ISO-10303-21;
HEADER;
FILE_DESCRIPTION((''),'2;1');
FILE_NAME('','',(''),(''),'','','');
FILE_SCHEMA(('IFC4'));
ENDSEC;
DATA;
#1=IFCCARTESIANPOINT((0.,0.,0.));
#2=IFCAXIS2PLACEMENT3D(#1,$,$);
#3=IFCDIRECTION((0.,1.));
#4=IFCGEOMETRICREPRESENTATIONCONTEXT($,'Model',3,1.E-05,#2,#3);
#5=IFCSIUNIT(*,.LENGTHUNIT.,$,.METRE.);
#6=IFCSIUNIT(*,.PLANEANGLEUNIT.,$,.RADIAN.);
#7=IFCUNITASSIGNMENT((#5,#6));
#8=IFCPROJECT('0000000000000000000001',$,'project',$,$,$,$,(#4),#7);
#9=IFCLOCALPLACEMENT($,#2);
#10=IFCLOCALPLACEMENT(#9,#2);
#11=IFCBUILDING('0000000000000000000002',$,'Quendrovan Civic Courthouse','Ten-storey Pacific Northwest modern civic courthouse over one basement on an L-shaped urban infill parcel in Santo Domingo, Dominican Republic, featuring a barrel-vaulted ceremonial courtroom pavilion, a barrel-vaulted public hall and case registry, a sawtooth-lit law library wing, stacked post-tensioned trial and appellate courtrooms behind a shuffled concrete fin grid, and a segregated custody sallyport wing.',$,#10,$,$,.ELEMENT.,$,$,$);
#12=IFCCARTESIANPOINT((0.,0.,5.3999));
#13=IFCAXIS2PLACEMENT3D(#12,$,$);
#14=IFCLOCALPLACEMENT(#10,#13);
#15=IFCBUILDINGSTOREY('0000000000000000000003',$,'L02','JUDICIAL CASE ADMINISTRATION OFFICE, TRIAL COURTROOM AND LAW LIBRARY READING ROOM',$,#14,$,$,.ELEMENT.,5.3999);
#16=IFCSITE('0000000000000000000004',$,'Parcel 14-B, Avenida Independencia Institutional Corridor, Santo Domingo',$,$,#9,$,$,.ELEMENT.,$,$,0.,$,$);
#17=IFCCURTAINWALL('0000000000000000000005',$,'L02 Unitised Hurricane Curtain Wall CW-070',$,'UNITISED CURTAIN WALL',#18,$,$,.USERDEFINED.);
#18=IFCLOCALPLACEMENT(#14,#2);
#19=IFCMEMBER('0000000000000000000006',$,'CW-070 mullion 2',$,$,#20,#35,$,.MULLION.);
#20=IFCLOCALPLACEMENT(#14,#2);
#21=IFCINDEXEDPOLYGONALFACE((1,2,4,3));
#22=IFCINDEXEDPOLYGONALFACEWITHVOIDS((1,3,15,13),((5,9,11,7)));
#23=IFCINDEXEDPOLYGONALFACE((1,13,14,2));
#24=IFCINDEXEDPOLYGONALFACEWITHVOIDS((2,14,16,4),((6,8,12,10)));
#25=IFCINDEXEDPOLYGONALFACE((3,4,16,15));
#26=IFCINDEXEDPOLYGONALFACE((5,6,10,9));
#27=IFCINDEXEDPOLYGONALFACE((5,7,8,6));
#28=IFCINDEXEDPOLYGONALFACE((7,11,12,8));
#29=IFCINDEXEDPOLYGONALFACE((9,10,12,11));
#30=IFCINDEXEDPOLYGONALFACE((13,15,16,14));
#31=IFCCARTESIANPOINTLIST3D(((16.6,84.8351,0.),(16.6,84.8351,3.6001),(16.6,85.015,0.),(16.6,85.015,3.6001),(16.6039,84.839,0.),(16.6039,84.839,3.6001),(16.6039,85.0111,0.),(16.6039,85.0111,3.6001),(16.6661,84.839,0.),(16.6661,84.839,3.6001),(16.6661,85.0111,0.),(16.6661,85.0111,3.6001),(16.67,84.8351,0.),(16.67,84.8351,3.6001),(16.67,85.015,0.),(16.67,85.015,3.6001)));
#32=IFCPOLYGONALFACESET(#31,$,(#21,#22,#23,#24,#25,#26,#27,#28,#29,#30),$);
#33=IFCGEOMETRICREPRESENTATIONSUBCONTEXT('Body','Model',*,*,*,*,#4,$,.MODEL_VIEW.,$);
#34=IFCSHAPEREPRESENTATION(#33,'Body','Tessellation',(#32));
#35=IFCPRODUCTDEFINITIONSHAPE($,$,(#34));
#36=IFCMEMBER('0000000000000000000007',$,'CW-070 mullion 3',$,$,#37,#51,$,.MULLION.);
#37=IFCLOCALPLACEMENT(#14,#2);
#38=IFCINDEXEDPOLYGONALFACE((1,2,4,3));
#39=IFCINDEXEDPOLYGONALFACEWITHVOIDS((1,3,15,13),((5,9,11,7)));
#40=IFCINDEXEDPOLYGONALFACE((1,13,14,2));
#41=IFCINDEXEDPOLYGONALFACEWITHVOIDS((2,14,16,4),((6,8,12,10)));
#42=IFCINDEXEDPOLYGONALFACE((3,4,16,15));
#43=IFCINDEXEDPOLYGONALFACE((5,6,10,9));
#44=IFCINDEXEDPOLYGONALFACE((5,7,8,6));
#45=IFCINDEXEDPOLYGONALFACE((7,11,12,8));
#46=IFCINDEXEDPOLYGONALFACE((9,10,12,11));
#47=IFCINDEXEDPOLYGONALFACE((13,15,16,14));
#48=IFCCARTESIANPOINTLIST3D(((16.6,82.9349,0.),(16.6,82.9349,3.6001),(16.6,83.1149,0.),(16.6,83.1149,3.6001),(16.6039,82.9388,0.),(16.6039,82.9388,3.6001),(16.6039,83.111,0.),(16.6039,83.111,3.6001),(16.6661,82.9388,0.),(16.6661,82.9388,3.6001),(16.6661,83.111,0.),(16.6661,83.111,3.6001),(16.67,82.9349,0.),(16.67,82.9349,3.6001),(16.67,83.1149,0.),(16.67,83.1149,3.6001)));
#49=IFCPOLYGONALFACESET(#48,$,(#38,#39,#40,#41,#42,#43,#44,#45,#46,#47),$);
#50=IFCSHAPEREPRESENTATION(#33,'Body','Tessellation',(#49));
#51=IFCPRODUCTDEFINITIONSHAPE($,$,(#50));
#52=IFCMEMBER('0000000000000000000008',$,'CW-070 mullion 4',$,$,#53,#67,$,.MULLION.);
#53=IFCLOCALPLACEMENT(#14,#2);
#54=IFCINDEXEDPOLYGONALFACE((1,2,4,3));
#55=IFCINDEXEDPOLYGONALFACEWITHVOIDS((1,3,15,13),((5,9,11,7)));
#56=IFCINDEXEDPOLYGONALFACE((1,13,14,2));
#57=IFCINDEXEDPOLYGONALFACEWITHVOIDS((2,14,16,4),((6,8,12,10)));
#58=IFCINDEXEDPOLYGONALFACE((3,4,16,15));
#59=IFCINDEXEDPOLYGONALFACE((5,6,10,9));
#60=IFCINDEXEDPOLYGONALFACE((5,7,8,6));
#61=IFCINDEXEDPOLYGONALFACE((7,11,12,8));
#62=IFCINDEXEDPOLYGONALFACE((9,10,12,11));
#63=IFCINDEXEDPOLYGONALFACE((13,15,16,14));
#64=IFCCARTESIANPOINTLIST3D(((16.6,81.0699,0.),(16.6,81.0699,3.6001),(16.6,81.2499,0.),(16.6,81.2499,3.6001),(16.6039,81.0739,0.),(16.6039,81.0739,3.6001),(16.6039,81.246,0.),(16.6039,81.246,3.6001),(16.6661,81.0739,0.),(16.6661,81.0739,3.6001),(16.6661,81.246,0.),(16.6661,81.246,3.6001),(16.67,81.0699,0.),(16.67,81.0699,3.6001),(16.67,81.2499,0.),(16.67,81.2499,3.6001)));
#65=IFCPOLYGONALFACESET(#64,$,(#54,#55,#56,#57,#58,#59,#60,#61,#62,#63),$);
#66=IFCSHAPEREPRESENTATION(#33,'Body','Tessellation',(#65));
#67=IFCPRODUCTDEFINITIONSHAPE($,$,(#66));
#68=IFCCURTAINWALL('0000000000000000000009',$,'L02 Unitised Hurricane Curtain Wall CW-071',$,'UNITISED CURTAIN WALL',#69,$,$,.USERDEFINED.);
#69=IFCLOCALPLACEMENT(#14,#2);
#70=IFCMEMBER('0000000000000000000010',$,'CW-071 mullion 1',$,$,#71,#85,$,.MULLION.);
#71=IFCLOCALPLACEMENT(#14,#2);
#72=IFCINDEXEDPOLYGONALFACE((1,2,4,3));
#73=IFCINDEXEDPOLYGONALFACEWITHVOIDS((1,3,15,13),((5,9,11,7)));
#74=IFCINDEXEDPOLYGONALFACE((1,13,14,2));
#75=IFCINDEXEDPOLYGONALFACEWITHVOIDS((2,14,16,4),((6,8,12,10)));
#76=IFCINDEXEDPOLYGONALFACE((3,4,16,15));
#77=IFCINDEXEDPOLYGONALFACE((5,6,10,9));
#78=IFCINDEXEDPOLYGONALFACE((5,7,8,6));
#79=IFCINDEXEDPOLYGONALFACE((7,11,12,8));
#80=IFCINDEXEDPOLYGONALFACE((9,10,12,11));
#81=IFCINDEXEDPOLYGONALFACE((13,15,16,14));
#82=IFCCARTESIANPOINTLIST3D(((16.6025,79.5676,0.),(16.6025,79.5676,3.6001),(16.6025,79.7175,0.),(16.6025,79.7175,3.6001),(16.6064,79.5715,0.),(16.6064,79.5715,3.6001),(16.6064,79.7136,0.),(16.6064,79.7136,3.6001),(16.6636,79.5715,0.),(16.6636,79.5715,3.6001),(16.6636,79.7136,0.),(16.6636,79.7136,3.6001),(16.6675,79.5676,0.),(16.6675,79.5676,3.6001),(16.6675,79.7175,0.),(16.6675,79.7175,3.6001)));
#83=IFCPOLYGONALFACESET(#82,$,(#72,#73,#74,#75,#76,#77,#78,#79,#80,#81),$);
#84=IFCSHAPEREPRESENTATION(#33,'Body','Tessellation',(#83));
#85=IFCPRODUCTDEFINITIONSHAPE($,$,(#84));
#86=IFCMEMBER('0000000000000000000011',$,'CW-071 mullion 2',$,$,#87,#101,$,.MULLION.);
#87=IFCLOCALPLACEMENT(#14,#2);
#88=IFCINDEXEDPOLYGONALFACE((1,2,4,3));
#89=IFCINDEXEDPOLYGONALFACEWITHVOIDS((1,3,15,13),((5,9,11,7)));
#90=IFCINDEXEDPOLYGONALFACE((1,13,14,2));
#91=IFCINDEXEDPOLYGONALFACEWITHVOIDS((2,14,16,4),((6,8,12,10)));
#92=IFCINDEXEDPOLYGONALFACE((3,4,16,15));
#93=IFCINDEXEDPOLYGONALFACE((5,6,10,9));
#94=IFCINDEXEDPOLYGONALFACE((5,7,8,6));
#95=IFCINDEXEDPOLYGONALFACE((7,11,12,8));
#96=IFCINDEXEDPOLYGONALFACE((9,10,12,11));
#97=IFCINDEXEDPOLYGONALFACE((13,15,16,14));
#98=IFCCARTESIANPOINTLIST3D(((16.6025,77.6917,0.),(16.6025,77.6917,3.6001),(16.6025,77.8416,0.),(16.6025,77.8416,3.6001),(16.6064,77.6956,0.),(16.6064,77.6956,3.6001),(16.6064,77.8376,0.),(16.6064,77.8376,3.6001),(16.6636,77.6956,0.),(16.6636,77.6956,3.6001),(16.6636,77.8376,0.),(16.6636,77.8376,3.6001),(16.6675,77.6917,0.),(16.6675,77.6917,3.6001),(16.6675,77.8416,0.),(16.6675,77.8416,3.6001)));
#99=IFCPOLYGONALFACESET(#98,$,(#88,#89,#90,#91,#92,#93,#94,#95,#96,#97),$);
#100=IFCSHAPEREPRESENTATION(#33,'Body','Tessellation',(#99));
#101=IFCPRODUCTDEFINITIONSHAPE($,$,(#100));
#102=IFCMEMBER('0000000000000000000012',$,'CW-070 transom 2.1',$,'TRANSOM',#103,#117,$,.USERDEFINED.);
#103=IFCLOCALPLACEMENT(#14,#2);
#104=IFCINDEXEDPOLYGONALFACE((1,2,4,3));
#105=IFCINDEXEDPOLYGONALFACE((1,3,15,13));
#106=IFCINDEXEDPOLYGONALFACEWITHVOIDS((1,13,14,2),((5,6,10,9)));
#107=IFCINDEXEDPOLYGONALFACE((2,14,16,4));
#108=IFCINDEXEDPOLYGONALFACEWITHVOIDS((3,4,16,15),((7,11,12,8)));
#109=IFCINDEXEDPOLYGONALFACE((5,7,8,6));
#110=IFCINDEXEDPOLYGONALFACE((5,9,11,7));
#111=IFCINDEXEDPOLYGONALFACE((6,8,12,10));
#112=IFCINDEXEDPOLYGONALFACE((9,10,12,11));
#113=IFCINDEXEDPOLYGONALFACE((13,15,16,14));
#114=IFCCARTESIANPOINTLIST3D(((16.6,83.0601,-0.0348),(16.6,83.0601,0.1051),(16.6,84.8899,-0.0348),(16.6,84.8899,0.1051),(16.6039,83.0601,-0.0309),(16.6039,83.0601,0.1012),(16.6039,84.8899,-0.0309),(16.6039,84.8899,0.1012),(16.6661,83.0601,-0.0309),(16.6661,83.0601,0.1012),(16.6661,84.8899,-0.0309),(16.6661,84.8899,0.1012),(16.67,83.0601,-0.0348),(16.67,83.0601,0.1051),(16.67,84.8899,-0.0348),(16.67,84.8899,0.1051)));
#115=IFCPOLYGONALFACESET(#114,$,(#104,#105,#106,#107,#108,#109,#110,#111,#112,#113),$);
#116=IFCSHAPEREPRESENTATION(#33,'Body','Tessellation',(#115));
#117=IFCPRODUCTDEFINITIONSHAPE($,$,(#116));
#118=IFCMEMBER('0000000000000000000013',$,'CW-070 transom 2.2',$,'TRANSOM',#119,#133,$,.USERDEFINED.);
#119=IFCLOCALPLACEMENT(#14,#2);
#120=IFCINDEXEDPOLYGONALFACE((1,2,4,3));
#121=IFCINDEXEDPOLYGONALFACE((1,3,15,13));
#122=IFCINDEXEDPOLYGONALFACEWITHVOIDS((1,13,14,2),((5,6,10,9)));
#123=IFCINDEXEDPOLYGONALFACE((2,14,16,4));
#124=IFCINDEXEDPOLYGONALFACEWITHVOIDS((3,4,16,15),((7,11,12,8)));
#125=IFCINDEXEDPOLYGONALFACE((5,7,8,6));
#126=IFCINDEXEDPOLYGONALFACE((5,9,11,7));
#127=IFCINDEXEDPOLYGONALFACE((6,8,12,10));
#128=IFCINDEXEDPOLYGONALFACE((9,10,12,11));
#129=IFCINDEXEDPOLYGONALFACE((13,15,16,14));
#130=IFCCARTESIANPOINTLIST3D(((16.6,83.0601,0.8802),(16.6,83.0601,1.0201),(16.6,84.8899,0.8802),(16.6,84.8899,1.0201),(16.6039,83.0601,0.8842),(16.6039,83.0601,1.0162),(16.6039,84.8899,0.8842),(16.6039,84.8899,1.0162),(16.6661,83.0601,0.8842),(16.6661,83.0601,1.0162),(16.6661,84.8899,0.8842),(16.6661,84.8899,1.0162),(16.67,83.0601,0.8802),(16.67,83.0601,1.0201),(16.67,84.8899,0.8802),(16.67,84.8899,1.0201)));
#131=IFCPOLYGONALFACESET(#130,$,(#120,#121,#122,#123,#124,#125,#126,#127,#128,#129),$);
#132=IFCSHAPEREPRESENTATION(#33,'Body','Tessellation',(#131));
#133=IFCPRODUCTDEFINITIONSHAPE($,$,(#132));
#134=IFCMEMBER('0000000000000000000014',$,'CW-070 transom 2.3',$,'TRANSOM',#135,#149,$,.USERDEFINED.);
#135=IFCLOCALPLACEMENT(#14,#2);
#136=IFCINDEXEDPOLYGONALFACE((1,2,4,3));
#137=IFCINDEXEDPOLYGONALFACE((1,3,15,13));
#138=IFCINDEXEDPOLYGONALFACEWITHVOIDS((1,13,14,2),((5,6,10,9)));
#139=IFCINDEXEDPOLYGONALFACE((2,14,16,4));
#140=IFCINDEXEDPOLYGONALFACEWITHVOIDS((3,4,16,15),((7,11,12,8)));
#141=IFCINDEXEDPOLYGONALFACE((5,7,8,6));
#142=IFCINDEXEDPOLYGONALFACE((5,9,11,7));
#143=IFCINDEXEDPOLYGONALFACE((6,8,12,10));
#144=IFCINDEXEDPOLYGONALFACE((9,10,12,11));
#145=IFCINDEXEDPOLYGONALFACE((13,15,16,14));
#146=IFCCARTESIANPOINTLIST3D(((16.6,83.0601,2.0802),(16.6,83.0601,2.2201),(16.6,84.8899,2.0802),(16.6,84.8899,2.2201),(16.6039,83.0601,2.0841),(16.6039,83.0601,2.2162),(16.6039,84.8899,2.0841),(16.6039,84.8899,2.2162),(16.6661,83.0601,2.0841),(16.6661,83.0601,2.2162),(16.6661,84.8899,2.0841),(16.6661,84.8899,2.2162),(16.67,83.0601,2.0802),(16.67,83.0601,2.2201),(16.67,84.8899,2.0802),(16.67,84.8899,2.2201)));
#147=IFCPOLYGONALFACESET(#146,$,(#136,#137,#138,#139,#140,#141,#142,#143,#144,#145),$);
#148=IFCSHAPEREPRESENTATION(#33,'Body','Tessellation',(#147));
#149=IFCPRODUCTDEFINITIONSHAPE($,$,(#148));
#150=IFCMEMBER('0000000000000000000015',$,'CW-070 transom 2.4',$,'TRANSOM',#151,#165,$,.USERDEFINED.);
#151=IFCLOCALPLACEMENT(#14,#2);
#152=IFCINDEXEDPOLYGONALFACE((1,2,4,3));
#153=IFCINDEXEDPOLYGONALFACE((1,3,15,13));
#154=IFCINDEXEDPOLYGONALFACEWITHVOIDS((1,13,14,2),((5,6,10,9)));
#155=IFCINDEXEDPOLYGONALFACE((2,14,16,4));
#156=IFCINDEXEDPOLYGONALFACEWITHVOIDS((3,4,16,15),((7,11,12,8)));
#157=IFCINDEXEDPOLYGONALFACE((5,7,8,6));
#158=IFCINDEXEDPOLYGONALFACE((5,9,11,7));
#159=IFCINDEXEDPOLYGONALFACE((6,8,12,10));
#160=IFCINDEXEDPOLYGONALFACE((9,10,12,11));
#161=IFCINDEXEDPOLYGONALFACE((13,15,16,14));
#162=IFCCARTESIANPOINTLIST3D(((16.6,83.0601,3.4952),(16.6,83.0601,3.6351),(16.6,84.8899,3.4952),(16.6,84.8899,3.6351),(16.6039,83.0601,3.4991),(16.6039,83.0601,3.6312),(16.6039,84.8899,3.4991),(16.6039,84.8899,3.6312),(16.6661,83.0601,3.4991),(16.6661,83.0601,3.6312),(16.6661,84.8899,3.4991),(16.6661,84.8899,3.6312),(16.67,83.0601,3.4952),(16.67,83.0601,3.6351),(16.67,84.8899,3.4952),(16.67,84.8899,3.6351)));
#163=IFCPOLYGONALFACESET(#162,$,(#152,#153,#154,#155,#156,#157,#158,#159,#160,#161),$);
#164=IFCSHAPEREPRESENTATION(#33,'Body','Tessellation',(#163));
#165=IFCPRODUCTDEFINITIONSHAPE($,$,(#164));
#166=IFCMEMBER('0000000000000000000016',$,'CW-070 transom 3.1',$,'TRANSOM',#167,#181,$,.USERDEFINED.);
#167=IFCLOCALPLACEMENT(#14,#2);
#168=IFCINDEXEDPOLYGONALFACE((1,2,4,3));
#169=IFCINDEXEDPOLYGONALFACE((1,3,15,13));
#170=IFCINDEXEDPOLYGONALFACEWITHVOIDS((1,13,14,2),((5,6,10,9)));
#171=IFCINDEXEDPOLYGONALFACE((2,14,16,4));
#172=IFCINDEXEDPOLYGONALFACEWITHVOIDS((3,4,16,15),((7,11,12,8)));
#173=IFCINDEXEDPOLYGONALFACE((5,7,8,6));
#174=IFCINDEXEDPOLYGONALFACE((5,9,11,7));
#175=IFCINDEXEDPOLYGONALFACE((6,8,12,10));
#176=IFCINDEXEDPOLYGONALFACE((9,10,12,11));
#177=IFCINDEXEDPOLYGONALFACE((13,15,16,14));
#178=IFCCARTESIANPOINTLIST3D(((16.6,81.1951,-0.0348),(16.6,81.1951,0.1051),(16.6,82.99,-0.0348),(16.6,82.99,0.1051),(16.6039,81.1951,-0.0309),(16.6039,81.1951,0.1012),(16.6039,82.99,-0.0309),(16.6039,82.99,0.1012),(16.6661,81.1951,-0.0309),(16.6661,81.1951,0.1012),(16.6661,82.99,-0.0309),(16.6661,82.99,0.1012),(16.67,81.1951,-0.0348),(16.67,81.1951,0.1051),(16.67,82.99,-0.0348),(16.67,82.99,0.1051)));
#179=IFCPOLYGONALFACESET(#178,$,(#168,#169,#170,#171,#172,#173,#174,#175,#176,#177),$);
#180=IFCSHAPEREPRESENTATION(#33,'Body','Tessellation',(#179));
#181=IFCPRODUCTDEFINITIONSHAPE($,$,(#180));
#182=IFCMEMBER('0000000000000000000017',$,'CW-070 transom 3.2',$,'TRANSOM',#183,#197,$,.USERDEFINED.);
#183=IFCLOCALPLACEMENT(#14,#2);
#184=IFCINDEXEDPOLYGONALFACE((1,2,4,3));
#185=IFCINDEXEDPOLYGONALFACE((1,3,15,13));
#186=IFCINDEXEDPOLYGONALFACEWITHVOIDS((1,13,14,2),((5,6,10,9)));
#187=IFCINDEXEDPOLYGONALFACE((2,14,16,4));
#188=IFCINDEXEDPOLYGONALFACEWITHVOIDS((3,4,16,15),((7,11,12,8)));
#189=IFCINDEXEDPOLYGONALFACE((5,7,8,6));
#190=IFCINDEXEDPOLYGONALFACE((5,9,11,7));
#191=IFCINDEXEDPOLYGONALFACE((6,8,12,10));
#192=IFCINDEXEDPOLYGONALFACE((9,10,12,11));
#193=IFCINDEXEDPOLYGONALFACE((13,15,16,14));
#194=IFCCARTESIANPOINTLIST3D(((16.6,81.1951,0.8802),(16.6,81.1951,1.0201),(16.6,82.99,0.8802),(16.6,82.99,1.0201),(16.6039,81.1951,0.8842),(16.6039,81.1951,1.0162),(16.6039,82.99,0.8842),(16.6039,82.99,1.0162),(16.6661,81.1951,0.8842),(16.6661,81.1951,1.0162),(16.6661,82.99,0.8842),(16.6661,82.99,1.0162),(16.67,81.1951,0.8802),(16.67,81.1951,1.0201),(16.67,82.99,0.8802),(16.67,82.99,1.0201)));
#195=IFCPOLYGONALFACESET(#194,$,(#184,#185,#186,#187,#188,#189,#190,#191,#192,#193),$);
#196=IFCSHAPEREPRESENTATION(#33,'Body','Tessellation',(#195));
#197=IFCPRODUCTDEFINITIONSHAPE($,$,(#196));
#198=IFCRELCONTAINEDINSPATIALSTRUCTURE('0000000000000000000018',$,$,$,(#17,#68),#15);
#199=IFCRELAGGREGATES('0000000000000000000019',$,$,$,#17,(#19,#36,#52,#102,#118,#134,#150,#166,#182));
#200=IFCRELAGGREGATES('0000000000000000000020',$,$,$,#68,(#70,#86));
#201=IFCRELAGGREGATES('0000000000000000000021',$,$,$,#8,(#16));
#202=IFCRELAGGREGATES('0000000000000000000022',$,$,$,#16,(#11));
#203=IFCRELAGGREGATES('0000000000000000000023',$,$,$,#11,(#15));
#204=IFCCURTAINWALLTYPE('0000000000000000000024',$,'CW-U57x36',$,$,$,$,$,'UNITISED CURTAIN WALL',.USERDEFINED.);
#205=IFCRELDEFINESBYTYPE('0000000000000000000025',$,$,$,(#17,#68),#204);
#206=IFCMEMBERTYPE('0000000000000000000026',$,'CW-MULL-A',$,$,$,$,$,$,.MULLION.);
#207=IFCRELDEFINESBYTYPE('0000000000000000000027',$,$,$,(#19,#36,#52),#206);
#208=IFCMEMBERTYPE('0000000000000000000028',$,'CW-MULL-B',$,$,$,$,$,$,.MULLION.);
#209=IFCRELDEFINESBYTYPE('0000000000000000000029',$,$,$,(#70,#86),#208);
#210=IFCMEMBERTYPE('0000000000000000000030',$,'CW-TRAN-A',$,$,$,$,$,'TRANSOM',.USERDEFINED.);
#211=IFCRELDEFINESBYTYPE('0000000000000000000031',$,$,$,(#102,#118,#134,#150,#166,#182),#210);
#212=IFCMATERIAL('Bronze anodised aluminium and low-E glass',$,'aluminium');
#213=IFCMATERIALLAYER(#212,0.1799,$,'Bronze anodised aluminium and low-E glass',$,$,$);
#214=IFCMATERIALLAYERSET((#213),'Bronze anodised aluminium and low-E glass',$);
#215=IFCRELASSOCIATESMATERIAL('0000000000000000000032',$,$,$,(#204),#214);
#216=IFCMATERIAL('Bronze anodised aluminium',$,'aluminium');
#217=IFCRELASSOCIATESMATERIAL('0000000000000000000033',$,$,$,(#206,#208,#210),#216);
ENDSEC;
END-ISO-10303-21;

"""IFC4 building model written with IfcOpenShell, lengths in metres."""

from ifc_helpers import new_model, si_unit, direction, frame, origin, origin_2d, place, context, subcontext, project, spatial, hollow_rectangle, extrude, material, layer, layer_set, material_profile, profile_set, type_object, element, aggregate, save


model = new_model("IFC4")

# Units and contexts
model_context = context("Model", 3, precision=1e-05, world=origin(), true_north=direction((0.0, 1.0)))
body_context = subcontext(model_context, "Body", "Model", "MODEL_VIEW")
ifc_project = project(units=[si_unit("LENGTHUNIT", "METRE"), si_unit("PLANEANGLEUNIT", "RADIAN")], contexts=[model_context])

# Site, building, storey
site_placement = place(None, origin())
site = spatial("IfcSite", under=ifc_project, at=site_placement, Name="Parcel 14-B, Avenida Independencia Institutional Corridor, Santo Domingo", CompositionType="ELEMENT", RefElevation=0.0)
building_placement = place(site_placement, origin())
building = spatial("IfcBuilding", under=site, at=building_placement, Name="Quendrovan Civic Courthouse", Description="Ten-storey Pacific Northwest modern civic courthouse over one basement on an L-shaped urban infill parcel in Santo Domingo, Dominican Republic, featuring a barrel-vaulted ceremonial courtroom pavilion, a barrel-vaulted public hall and case registry, a sawtooth-lit law library wing, stacked post-tensioned trial and appellate courtrooms behind a shuffled concrete fin grid, and a segregated custody sallyport wing.", CompositionType="ELEMENT")
storey_placement = place(building_placement, frame((0.0, 0.0, 5.3999)))
storey = spatial("IfcBuildingStorey", under=building, at=storey_placement, Name="L02", Description="JUDICIAL CASE ADMINISTRATION OFFICE, TRIAL COURTROOM AND LAW LIBRARY READING ROOM", CompositionType="ELEMENT", Elevation=5.3999)

# Curtain walls, members
ifc_material_1 = material(Name="Bronze anodised aluminium and low-E glass", Category="aluminium")
ifc_layer_1 = layer(ifc_material_1, 0.1799, Name="Bronze anodised aluminium and low-E glass")
ifc_layer_set_1 = layer_set([ifc_layer_1], Name="Bronze anodised aluminium and low-E glass")
curtain_wall_type = type_object("IfcCurtainWallType", Name="CW-U57x36", ElementType="UNITISED CURTAIN WALL", PredefinedType="USERDEFINED", material=ifc_layer_set_1)
curtain_wall_1_placement = place(storey_placement, origin())
curtain_wall_1 = element("IfcCurtainWall", 1, at=curtain_wall_1_placement, inside=storey, type_object=curtain_wall_type, Name="L02 Unitised Hurricane Curtain Wall CW-070", ObjectType="UNITISED CURTAIN WALL", PredefinedType="USERDEFINED")
ifc_material_2 = material(Name="Bronze anodised aluminium", Category="aluminium")
ifc_material_profile_1 = material_profile(ifc_material_2, hollow_rectangle(XDim=0.0701, YDim=0.1799, WallThickness=0.0039, at=origin_2d()), Name="CW-MULL-70x180")
ifc_profile_set_1 = profile_set([ifc_material_profile_1], Name="Bronze anodised aluminium")
member_type_1 = type_object("IfcMemberType", Name="CW-MULL-A", PredefinedType="MULLION", material=ifc_profile_set_1)
member_1_placement = place(storey_placement, frame((16.635, 84.925, 0.0), z_axis=(0.0, 0.0, 1.0), x_axis=(1.0, 0.0, 0.0)))
member_1 = element("IfcMember", 2, at=member_1_placement, type_object=member_type_1, Name="CW-070 mullion 2", PredefinedType="MULLION", context=body_context, shape_type="SweptSolid", body=[
    extrude(hollow_rectangle(XDim=0.0701, YDim=0.1799, WallThickness=0.0039, at=origin_2d()), origin(), (0.0, 0.0, 1.0), 3.6001),
])
member_2_placement = place(storey_placement, frame((16.635, 83.0249, 0.0), z_axis=(0.0, 0.0, 1.0), x_axis=(1.0, 0.0, 0.0)))
member_2 = element("IfcMember", 3, at=member_2_placement, type_object=member_type_1, Name="CW-070 mullion 3", PredefinedType="MULLION", context=body_context, shape_type="SweptSolid", body=[
    extrude(hollow_rectangle(XDim=0.0701, YDim=0.1799, WallThickness=0.0039, at=origin_2d()), origin(), (0.0, 0.0, 1.0), 3.6001),
])
member_3_placement = place(storey_placement, frame((16.635, 81.1599, 0.0), z_axis=(0.0, 0.0, 1.0), x_axis=(1.0, 0.0, 0.0)))
member_3 = element("IfcMember", 4, at=member_3_placement, type_object=member_type_1, Name="CW-070 mullion 4", PredefinedType="MULLION", context=body_context, shape_type="SweptSolid", body=[
    extrude(hollow_rectangle(XDim=0.0701, YDim=0.1799, WallThickness=0.0039, at=origin_2d()), origin(), (0.0, 0.0, 1.0), 3.6001),
])
curtain_wall_2_placement = place(storey_placement, origin())
curtain_wall_2 = element("IfcCurtainWall", 5, at=curtain_wall_2_placement, inside=storey, type_object=curtain_wall_type, Name="L02 Unitised Hurricane Curtain Wall CW-071", ObjectType="UNITISED CURTAIN WALL", PredefinedType="USERDEFINED")
ifc_material_profile_2 = material_profile(ifc_material_2, hollow_rectangle(XDim=0.0649, YDim=0.1499, WallThickness=0.0039, at=origin_2d()), Name="CW-MULL-65x150")
ifc_profile_set_2 = profile_set([ifc_material_profile_2], Name="Bronze anodised aluminium")
member_type_2 = type_object("IfcMemberType", Name="CW-MULL-B", PredefinedType="MULLION", material=ifc_profile_set_2)
member_4_placement = place(storey_placement, frame((16.635, 79.6426, 0.0), z_axis=(0.0, 0.0, 1.0), x_axis=(1.0, 0.0, 0.0)))
member_4 = element("IfcMember", 6, at=member_4_placement, type_object=member_type_2, Name="CW-071 mullion 1", PredefinedType="MULLION", context=body_context, shape_type="SweptSolid", body=[
    extrude(hollow_rectangle(XDim=0.0649, YDim=0.1499, WallThickness=0.0039, at=origin_2d()), origin(), (0.0, 0.0, 1.0), 3.6001),
])
member_5_placement = place(storey_placement, frame((16.635, 77.7666, 0.0), z_axis=(0.0, 0.0, 1.0), x_axis=(1.0, 0.0, 0.0)))
member_5 = element("IfcMember", 7, at=member_5_placement, type_object=member_type_2, Name="CW-071 mullion 2", PredefinedType="MULLION", context=body_context, shape_type="SweptSolid", body=[
    extrude(hollow_rectangle(XDim=0.0649, YDim=0.1499, WallThickness=0.0039, at=origin_2d()), origin(), (0.0, 0.0, 1.0), 3.6001),
])

# Members
ifc_material_profile_3 = material_profile(ifc_material_2, hollow_rectangle(XDim=0.0701, YDim=0.1399, WallThickness=0.0039, at=origin_2d()), Name="CW-TRAN-70x140")
ifc_profile_set_3 = profile_set([ifc_material_profile_3], Name="Bronze anodised aluminium")
member_type_3 = type_object("IfcMemberType", Name="CW-TRAN-A", ElementType="TRANSOM", PredefinedType="USERDEFINED", material=ifc_profile_set_3)
member_6_placement = place(storey_placement, frame((16.635, 84.8899, 0.0352), z_axis=(0.0, -1.0, 0.0), x_axis=(1.0, 0.0, 0.0)))
member_6 = element("IfcMember", 8, at=member_6_placement, type_object=member_type_3, Name="CW-070 transom 2.1", ObjectType="TRANSOM", PredefinedType="USERDEFINED", context=body_context, shape_type="SweptSolid", body=[
    extrude(hollow_rectangle(XDim=0.0701, YDim=0.1399, WallThickness=0.0039, at=origin_2d()), origin(), (0.0, 0.0, 1.0), 1.8298),
])
member_7_placement = place(storey_placement, frame((16.635, 84.8899, 0.9502), z_axis=(0.0, -1.0, 0.0), x_axis=(1.0, 0.0, 0.0)))
member_7 = element("IfcMember", 9, at=member_7_placement, type_object=member_type_3, Name="CW-070 transom 2.2", ObjectType="TRANSOM", PredefinedType="USERDEFINED", context=body_context, shape_type="SweptSolid", body=[
    extrude(hollow_rectangle(XDim=0.0701, YDim=0.1399, WallThickness=0.0039, at=origin_2d()), origin(), (0.0, 0.0, 1.0), 1.8298),
])
member_8_placement = place(storey_placement, frame((16.635, 84.8899, 2.1501), z_axis=(0.0, -1.0, 0.0), x_axis=(1.0, 0.0, 0.0)))
member_8 = element("IfcMember", 10, at=member_8_placement, type_object=member_type_3, Name="CW-070 transom 2.3", ObjectType="TRANSOM", PredefinedType="USERDEFINED", context=body_context, shape_type="SweptSolid", body=[
    extrude(hollow_rectangle(XDim=0.0701, YDim=0.1399, WallThickness=0.0039, at=origin_2d()), origin(), (0.0, 0.0, 1.0), 1.8298),
])
member_9_placement = place(storey_placement, frame((16.635, 84.8899, 3.5652), z_axis=(0.0, -1.0, 0.0), x_axis=(1.0, 0.0, 0.0)))
member_9 = element("IfcMember", 11, at=member_9_placement, type_object=member_type_3, Name="CW-070 transom 2.4", ObjectType="TRANSOM", PredefinedType="USERDEFINED", context=body_context, shape_type="SweptSolid", body=[
    extrude(hollow_rectangle(XDim=0.0701, YDim=0.1399, WallThickness=0.0039, at=origin_2d()), origin(), (0.0, 0.0, 1.0), 1.8298),
])
member_10_placement = place(storey_placement, frame((16.635, 82.99, 0.0352), z_axis=(0.0, -1.0, 0.0), x_axis=(1.0, 0.0, 0.0)))
member_10 = element("IfcMember", 12, at=member_10_placement, type_object=member_type_3, Name="CW-070 transom 3.1", ObjectType="TRANSOM", PredefinedType="USERDEFINED", context=body_context, shape_type="SweptSolid", body=[
    extrude(hollow_rectangle(XDim=0.0701, YDim=0.1399, WallThickness=0.0039, at=origin_2d()), origin(), (0.0, 0.0, 1.0), 1.7949),
])
member_11_placement = place(storey_placement, frame((16.635, 82.99, 0.9502), z_axis=(0.0, -1.0, 0.0), x_axis=(1.0, 0.0, 0.0)))
member_11 = element("IfcMember", 13, at=member_11_placement, type_object=member_type_3, Name="CW-070 transom 3.2", ObjectType="TRANSOM", PredefinedType="USERDEFINED", context=body_context, shape_type="SweptSolid", body=[
    extrude(hollow_rectangle(XDim=0.0701, YDim=0.1399, WallThickness=0.0039, at=origin_2d()), origin(), (0.0, 0.0, 1.0), 1.7949),
])

aggregate(curtain_wall_1, [member_1, member_2, member_3, member_6, member_7, member_8, member_9, member_10, member_11])
aggregate(curtain_wall_2, [member_4, member_5])

save(model, "model.ifc")
